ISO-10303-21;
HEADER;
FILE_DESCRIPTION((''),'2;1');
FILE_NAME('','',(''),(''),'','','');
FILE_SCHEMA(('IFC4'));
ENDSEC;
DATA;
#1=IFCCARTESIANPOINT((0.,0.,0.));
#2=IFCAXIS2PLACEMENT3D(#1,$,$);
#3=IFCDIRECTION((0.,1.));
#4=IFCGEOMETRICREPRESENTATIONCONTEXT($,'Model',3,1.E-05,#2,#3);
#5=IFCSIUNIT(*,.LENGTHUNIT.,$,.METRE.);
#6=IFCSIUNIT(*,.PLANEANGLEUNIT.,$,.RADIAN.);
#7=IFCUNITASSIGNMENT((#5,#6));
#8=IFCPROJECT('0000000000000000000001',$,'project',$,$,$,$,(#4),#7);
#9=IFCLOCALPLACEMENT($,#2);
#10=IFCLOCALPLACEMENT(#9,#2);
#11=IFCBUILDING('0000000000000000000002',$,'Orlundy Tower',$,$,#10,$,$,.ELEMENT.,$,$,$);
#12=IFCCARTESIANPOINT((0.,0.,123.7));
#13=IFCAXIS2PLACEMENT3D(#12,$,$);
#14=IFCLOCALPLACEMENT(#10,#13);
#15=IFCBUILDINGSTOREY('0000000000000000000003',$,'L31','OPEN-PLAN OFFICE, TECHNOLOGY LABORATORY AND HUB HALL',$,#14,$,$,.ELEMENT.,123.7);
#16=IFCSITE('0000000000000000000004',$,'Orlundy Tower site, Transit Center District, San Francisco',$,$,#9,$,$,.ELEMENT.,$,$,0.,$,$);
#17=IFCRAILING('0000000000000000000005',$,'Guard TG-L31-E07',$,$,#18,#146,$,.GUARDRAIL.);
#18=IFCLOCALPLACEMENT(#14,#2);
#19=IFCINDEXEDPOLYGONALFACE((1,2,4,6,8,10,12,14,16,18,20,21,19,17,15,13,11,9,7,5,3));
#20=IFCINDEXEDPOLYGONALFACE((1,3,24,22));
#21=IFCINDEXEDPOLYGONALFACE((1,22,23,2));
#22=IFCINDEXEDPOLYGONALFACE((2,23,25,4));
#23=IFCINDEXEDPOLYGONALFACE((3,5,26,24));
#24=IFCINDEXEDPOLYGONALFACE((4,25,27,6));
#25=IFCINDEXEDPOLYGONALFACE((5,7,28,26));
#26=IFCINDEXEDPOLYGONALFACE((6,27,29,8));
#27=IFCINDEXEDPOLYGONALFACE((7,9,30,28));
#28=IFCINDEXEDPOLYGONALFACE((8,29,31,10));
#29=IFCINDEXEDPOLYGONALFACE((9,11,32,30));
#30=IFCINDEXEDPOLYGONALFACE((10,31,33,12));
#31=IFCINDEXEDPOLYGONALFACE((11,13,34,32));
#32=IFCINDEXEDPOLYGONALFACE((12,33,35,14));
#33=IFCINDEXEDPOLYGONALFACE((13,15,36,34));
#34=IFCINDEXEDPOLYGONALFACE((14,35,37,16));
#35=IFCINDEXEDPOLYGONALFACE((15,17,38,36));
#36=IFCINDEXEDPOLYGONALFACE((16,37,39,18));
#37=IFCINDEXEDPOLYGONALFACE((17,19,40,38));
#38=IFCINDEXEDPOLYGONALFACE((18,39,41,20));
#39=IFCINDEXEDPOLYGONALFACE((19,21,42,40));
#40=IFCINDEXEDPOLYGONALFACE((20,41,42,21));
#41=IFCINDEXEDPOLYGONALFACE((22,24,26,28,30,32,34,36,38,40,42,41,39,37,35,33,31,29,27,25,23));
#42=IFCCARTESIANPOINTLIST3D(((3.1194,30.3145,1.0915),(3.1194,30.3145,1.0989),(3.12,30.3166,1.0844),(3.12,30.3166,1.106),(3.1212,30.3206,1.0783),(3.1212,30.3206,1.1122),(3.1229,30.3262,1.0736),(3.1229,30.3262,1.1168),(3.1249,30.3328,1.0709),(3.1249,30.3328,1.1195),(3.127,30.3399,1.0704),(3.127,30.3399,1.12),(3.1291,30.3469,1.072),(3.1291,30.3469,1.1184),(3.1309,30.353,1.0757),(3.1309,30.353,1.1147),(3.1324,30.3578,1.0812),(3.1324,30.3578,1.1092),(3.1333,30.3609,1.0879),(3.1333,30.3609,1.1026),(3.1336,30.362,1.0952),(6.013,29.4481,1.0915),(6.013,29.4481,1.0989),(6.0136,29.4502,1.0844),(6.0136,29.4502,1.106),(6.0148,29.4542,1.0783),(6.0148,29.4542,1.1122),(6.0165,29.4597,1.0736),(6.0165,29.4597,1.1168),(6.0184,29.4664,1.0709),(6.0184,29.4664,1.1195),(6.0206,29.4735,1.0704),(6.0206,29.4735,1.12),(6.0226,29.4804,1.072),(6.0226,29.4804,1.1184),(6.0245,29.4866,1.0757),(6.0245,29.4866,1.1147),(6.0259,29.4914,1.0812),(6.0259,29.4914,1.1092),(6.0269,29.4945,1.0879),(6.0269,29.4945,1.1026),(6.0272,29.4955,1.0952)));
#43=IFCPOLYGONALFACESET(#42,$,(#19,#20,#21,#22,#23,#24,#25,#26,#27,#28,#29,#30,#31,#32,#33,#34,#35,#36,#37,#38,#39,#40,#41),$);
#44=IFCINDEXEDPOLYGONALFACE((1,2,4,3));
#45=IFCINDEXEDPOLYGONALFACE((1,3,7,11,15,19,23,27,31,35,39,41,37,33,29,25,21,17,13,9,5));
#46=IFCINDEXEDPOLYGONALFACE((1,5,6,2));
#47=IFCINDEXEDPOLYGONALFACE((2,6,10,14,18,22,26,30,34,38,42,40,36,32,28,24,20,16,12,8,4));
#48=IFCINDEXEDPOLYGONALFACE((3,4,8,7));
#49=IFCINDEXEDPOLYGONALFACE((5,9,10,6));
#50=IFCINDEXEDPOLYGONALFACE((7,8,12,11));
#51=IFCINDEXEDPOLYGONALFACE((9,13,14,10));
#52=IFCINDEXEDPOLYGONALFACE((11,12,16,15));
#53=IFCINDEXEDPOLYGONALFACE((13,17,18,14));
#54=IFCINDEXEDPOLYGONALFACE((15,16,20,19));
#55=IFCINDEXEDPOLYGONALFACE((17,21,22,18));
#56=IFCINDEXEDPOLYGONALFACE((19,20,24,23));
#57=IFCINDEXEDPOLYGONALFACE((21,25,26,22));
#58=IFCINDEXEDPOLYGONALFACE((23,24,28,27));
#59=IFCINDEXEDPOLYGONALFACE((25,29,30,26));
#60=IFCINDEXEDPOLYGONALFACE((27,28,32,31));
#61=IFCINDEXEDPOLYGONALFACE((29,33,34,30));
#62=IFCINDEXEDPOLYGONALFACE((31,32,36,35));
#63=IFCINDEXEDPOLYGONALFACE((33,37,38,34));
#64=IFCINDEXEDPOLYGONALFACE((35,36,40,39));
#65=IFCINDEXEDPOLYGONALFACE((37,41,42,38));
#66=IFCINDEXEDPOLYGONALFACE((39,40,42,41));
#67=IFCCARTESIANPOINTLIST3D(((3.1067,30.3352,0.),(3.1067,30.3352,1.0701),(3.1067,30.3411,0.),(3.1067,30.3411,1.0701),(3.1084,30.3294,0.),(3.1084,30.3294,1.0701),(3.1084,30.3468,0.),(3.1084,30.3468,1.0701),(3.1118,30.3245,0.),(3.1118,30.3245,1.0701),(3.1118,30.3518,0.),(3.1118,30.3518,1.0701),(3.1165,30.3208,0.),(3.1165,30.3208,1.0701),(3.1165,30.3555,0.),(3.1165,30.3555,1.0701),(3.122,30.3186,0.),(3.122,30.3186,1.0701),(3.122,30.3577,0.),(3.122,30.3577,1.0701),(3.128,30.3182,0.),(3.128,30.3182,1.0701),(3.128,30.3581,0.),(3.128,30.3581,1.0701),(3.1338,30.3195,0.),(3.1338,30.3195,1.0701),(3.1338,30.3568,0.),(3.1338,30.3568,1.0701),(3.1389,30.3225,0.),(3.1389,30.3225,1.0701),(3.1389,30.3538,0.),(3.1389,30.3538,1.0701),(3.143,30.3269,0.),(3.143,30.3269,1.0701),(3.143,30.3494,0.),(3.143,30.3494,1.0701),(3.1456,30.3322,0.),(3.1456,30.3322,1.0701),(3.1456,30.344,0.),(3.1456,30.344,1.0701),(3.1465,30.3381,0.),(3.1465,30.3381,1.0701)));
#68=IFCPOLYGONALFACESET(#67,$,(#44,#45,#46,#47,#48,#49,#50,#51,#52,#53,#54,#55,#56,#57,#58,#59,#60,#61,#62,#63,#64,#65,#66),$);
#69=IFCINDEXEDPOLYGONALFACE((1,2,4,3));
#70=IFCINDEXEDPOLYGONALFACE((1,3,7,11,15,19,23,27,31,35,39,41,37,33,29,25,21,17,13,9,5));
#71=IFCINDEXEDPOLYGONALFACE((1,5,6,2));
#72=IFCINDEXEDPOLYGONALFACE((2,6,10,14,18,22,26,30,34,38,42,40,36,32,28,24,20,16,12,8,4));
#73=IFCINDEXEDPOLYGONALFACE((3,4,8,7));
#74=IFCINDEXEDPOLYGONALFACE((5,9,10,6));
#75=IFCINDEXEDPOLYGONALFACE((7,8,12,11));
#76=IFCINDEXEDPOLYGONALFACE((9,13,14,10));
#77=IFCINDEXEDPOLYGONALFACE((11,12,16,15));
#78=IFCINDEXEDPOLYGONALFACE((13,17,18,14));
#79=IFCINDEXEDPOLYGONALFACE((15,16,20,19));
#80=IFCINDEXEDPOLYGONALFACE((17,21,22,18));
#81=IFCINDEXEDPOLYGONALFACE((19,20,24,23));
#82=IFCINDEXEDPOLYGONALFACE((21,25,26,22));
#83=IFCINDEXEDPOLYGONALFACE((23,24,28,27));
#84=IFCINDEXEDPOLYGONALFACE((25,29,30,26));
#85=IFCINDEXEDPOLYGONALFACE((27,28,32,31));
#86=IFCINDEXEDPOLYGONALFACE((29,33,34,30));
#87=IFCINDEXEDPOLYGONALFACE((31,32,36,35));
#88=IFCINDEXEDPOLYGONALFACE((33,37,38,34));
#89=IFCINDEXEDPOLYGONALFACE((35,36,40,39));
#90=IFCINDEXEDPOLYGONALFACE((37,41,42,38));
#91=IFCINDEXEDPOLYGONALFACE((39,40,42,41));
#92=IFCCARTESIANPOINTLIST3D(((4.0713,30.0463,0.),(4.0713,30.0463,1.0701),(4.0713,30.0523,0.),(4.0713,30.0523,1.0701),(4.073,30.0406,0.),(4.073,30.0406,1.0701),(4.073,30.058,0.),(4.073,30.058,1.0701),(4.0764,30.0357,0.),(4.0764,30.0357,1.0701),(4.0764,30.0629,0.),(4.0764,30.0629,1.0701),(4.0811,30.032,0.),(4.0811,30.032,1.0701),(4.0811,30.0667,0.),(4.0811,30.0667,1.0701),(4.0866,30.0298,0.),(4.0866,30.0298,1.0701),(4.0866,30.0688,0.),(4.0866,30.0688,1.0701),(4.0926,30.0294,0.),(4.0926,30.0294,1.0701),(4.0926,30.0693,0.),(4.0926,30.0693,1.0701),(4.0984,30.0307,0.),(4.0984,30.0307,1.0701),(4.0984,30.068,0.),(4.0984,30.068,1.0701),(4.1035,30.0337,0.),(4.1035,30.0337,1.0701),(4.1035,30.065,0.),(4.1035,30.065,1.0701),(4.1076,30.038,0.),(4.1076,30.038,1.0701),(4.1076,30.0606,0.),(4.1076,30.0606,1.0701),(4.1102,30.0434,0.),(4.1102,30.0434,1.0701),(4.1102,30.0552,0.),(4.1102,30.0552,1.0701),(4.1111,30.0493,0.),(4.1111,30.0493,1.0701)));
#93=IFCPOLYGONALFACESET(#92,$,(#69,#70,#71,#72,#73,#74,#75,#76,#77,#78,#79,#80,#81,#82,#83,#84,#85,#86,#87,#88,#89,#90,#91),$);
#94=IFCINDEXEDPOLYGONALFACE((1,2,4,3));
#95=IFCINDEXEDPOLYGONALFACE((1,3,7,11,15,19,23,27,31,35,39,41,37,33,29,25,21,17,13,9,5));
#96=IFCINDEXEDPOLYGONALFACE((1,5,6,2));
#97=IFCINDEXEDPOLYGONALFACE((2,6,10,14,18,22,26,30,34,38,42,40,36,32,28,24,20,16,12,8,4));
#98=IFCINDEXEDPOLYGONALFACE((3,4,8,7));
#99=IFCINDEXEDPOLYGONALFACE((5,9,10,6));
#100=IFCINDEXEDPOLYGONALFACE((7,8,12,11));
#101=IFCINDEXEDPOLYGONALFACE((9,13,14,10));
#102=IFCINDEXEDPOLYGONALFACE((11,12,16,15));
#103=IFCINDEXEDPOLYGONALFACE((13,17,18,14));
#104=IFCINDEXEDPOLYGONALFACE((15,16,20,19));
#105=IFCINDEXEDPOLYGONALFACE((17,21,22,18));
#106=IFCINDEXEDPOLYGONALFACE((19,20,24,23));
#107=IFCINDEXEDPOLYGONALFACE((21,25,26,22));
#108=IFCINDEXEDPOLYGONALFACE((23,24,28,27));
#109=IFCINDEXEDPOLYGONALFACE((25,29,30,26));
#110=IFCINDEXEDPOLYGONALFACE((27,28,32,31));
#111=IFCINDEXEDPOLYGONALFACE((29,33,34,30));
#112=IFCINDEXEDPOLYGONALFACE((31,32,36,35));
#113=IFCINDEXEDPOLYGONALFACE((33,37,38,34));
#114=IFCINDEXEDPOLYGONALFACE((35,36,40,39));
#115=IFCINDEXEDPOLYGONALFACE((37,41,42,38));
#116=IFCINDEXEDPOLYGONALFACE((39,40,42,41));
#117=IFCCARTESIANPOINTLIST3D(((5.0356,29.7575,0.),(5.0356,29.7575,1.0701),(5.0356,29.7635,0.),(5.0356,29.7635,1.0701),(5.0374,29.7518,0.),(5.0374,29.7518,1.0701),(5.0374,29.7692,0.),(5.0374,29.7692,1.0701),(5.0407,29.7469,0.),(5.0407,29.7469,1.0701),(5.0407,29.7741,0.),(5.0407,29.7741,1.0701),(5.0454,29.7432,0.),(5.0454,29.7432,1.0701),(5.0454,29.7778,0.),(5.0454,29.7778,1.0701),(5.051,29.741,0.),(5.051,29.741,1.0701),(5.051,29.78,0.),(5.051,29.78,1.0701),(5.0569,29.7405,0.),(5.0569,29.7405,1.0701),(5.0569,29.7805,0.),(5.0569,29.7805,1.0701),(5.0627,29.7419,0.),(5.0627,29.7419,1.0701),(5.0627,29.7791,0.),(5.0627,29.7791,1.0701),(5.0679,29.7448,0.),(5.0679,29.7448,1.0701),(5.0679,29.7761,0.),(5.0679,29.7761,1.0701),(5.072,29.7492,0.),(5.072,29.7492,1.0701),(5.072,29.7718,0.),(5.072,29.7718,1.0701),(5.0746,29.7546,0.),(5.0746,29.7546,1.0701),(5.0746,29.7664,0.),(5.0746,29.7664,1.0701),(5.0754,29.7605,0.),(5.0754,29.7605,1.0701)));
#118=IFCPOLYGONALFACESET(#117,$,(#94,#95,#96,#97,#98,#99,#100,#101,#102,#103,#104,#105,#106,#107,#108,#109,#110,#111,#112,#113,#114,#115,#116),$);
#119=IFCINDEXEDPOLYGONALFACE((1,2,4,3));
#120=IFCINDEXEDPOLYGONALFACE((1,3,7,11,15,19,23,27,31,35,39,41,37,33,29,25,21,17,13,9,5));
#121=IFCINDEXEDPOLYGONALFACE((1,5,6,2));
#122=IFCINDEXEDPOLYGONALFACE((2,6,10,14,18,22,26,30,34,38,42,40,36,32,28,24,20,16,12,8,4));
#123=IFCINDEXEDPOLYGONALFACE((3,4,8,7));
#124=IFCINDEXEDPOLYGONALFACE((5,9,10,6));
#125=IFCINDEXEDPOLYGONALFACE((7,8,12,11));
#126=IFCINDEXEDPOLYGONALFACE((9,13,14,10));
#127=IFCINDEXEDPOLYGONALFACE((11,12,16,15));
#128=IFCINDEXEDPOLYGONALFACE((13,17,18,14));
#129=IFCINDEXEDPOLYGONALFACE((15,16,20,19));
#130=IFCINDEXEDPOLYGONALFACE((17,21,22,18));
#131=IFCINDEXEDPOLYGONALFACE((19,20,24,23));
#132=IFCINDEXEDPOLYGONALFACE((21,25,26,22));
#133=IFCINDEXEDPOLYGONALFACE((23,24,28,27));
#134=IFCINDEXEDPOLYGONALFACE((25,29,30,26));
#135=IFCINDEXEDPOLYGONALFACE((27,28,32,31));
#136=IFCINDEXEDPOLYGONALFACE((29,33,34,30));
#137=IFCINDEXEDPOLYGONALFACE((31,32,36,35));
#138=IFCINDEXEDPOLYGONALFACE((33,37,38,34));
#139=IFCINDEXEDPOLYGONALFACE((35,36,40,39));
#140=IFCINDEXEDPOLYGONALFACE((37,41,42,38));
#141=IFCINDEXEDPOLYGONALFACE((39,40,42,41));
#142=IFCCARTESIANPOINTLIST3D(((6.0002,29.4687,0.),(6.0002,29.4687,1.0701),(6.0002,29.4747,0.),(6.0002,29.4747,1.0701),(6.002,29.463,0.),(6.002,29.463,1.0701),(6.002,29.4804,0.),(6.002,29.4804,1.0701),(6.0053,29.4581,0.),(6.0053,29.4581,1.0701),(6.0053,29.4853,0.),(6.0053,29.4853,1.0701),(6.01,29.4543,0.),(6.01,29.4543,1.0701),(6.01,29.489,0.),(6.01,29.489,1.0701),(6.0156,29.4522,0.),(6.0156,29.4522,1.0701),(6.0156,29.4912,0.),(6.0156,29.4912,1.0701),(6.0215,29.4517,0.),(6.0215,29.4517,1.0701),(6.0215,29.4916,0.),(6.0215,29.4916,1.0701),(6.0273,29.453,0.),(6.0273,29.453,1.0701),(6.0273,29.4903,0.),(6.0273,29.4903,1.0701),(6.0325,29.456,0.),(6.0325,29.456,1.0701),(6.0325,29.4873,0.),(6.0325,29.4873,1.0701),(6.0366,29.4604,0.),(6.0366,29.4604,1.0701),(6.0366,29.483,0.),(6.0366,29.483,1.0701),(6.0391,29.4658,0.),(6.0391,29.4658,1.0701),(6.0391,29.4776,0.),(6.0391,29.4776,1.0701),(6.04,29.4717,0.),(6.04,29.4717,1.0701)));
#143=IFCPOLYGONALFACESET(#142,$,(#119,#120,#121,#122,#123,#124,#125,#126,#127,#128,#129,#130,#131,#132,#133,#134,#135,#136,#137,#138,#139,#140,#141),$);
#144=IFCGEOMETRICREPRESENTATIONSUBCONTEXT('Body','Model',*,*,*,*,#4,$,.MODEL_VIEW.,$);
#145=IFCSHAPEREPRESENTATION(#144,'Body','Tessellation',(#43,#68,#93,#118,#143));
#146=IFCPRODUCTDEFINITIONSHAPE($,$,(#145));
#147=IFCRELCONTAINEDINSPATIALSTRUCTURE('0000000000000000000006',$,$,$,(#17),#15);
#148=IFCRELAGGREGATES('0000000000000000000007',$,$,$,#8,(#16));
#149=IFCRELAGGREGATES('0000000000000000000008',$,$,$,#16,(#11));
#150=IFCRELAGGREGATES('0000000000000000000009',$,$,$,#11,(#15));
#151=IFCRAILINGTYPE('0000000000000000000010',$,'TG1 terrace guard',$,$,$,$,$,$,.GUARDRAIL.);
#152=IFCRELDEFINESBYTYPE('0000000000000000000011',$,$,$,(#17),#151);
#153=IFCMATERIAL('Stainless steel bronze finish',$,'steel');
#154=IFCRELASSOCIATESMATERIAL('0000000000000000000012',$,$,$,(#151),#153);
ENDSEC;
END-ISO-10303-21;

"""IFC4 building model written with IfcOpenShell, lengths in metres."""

from ifc_helpers import new_model, si_unit, direction, frame, origin, origin_2d, place, context, subcontext, project, spatial, circle, extrude, material, type_object, element, save


model = new_model("IFC4")

# Units and contexts
model_context = context("Model", 3, precision=1e-05, world=origin(), true_north=direction((0.0, 1.0)))
body_context = subcontext(model_context, "Body", "Model", "MODEL_VIEW")
ifc_project = project(units=[si_unit("LENGTHUNIT", "METRE"), si_unit("PLANEANGLEUNIT", "RADIAN")], contexts=[model_context])

# Site, building, storey
site_placement = place(None, origin())
site = spatial("IfcSite", under=ifc_project, at=site_placement, Name="Orlundy Tower site, Transit Center District, San Francisco", CompositionType="ELEMENT", RefElevation=0.0)
building_placement = place(site_placement, origin())
building = spatial("IfcBuilding", under=site, at=building_placement, Name="Orlundy Tower", CompositionType="ELEMENT")
storey_placement = place(building_placement, frame((0.0, 0.0, 123.7)))
storey = spatial("IfcBuildingStorey", under=building, at=storey_placement, Name="L31", Description="OPEN-PLAN OFFICE, TECHNOLOGY LABORATORY AND HUB HALL", CompositionType="ELEMENT", Elevation=123.7)

# Railing
ifc_material_1 = material(Name="Stainless steel bronze finish", Category="steel")
railing_type = type_object("IfcRailingType", Name="TG1 terrace guard", PredefinedType="GUARDRAIL", material=ifc_material_1)
railing_1_placement = place(storey_placement, frame((3.1265, 30.3381, 0.0)))
element("IfcRailing", 1, at=railing_1_placement, inside=storey, type_object=railing_type, Name="Guard TG-L31-E07", PredefinedType="GUARDRAIL", context=body_context, shape_type="SweptSolid", body=[
    extrude(circle(Radius=0.0249, at=origin_2d()), frame((0.0, 0.0, 1.0952), z_axis=(0.957973, -0.286858, 0.0), x_axis=(0.286858, 0.957973, 0.0)), (0.0, 0.0, 1.0), 3.0205),
    extrude(circle(Radius=0.02, at=origin_2d()), origin(), (0.0, 0.0, 1.0), 1.0701),
    extrude(circle(Radius=0.02, at=origin_2d()), frame((0.9646, -0.2888, 0.0)), (0.0, 0.0, 1.0), 1.0701),
    extrude(circle(Radius=0.02, at=origin_2d()), frame((1.929, -0.5776, 0.0)), (0.0, 0.0, 1.0), 1.0701),
    extrude(circle(Radius=0.02, at=origin_2d()), frame((2.8936, -0.8665, 0.0)), (0.0, 0.0, 1.0), 1.0701),
])

save(model, "model.ifc")
